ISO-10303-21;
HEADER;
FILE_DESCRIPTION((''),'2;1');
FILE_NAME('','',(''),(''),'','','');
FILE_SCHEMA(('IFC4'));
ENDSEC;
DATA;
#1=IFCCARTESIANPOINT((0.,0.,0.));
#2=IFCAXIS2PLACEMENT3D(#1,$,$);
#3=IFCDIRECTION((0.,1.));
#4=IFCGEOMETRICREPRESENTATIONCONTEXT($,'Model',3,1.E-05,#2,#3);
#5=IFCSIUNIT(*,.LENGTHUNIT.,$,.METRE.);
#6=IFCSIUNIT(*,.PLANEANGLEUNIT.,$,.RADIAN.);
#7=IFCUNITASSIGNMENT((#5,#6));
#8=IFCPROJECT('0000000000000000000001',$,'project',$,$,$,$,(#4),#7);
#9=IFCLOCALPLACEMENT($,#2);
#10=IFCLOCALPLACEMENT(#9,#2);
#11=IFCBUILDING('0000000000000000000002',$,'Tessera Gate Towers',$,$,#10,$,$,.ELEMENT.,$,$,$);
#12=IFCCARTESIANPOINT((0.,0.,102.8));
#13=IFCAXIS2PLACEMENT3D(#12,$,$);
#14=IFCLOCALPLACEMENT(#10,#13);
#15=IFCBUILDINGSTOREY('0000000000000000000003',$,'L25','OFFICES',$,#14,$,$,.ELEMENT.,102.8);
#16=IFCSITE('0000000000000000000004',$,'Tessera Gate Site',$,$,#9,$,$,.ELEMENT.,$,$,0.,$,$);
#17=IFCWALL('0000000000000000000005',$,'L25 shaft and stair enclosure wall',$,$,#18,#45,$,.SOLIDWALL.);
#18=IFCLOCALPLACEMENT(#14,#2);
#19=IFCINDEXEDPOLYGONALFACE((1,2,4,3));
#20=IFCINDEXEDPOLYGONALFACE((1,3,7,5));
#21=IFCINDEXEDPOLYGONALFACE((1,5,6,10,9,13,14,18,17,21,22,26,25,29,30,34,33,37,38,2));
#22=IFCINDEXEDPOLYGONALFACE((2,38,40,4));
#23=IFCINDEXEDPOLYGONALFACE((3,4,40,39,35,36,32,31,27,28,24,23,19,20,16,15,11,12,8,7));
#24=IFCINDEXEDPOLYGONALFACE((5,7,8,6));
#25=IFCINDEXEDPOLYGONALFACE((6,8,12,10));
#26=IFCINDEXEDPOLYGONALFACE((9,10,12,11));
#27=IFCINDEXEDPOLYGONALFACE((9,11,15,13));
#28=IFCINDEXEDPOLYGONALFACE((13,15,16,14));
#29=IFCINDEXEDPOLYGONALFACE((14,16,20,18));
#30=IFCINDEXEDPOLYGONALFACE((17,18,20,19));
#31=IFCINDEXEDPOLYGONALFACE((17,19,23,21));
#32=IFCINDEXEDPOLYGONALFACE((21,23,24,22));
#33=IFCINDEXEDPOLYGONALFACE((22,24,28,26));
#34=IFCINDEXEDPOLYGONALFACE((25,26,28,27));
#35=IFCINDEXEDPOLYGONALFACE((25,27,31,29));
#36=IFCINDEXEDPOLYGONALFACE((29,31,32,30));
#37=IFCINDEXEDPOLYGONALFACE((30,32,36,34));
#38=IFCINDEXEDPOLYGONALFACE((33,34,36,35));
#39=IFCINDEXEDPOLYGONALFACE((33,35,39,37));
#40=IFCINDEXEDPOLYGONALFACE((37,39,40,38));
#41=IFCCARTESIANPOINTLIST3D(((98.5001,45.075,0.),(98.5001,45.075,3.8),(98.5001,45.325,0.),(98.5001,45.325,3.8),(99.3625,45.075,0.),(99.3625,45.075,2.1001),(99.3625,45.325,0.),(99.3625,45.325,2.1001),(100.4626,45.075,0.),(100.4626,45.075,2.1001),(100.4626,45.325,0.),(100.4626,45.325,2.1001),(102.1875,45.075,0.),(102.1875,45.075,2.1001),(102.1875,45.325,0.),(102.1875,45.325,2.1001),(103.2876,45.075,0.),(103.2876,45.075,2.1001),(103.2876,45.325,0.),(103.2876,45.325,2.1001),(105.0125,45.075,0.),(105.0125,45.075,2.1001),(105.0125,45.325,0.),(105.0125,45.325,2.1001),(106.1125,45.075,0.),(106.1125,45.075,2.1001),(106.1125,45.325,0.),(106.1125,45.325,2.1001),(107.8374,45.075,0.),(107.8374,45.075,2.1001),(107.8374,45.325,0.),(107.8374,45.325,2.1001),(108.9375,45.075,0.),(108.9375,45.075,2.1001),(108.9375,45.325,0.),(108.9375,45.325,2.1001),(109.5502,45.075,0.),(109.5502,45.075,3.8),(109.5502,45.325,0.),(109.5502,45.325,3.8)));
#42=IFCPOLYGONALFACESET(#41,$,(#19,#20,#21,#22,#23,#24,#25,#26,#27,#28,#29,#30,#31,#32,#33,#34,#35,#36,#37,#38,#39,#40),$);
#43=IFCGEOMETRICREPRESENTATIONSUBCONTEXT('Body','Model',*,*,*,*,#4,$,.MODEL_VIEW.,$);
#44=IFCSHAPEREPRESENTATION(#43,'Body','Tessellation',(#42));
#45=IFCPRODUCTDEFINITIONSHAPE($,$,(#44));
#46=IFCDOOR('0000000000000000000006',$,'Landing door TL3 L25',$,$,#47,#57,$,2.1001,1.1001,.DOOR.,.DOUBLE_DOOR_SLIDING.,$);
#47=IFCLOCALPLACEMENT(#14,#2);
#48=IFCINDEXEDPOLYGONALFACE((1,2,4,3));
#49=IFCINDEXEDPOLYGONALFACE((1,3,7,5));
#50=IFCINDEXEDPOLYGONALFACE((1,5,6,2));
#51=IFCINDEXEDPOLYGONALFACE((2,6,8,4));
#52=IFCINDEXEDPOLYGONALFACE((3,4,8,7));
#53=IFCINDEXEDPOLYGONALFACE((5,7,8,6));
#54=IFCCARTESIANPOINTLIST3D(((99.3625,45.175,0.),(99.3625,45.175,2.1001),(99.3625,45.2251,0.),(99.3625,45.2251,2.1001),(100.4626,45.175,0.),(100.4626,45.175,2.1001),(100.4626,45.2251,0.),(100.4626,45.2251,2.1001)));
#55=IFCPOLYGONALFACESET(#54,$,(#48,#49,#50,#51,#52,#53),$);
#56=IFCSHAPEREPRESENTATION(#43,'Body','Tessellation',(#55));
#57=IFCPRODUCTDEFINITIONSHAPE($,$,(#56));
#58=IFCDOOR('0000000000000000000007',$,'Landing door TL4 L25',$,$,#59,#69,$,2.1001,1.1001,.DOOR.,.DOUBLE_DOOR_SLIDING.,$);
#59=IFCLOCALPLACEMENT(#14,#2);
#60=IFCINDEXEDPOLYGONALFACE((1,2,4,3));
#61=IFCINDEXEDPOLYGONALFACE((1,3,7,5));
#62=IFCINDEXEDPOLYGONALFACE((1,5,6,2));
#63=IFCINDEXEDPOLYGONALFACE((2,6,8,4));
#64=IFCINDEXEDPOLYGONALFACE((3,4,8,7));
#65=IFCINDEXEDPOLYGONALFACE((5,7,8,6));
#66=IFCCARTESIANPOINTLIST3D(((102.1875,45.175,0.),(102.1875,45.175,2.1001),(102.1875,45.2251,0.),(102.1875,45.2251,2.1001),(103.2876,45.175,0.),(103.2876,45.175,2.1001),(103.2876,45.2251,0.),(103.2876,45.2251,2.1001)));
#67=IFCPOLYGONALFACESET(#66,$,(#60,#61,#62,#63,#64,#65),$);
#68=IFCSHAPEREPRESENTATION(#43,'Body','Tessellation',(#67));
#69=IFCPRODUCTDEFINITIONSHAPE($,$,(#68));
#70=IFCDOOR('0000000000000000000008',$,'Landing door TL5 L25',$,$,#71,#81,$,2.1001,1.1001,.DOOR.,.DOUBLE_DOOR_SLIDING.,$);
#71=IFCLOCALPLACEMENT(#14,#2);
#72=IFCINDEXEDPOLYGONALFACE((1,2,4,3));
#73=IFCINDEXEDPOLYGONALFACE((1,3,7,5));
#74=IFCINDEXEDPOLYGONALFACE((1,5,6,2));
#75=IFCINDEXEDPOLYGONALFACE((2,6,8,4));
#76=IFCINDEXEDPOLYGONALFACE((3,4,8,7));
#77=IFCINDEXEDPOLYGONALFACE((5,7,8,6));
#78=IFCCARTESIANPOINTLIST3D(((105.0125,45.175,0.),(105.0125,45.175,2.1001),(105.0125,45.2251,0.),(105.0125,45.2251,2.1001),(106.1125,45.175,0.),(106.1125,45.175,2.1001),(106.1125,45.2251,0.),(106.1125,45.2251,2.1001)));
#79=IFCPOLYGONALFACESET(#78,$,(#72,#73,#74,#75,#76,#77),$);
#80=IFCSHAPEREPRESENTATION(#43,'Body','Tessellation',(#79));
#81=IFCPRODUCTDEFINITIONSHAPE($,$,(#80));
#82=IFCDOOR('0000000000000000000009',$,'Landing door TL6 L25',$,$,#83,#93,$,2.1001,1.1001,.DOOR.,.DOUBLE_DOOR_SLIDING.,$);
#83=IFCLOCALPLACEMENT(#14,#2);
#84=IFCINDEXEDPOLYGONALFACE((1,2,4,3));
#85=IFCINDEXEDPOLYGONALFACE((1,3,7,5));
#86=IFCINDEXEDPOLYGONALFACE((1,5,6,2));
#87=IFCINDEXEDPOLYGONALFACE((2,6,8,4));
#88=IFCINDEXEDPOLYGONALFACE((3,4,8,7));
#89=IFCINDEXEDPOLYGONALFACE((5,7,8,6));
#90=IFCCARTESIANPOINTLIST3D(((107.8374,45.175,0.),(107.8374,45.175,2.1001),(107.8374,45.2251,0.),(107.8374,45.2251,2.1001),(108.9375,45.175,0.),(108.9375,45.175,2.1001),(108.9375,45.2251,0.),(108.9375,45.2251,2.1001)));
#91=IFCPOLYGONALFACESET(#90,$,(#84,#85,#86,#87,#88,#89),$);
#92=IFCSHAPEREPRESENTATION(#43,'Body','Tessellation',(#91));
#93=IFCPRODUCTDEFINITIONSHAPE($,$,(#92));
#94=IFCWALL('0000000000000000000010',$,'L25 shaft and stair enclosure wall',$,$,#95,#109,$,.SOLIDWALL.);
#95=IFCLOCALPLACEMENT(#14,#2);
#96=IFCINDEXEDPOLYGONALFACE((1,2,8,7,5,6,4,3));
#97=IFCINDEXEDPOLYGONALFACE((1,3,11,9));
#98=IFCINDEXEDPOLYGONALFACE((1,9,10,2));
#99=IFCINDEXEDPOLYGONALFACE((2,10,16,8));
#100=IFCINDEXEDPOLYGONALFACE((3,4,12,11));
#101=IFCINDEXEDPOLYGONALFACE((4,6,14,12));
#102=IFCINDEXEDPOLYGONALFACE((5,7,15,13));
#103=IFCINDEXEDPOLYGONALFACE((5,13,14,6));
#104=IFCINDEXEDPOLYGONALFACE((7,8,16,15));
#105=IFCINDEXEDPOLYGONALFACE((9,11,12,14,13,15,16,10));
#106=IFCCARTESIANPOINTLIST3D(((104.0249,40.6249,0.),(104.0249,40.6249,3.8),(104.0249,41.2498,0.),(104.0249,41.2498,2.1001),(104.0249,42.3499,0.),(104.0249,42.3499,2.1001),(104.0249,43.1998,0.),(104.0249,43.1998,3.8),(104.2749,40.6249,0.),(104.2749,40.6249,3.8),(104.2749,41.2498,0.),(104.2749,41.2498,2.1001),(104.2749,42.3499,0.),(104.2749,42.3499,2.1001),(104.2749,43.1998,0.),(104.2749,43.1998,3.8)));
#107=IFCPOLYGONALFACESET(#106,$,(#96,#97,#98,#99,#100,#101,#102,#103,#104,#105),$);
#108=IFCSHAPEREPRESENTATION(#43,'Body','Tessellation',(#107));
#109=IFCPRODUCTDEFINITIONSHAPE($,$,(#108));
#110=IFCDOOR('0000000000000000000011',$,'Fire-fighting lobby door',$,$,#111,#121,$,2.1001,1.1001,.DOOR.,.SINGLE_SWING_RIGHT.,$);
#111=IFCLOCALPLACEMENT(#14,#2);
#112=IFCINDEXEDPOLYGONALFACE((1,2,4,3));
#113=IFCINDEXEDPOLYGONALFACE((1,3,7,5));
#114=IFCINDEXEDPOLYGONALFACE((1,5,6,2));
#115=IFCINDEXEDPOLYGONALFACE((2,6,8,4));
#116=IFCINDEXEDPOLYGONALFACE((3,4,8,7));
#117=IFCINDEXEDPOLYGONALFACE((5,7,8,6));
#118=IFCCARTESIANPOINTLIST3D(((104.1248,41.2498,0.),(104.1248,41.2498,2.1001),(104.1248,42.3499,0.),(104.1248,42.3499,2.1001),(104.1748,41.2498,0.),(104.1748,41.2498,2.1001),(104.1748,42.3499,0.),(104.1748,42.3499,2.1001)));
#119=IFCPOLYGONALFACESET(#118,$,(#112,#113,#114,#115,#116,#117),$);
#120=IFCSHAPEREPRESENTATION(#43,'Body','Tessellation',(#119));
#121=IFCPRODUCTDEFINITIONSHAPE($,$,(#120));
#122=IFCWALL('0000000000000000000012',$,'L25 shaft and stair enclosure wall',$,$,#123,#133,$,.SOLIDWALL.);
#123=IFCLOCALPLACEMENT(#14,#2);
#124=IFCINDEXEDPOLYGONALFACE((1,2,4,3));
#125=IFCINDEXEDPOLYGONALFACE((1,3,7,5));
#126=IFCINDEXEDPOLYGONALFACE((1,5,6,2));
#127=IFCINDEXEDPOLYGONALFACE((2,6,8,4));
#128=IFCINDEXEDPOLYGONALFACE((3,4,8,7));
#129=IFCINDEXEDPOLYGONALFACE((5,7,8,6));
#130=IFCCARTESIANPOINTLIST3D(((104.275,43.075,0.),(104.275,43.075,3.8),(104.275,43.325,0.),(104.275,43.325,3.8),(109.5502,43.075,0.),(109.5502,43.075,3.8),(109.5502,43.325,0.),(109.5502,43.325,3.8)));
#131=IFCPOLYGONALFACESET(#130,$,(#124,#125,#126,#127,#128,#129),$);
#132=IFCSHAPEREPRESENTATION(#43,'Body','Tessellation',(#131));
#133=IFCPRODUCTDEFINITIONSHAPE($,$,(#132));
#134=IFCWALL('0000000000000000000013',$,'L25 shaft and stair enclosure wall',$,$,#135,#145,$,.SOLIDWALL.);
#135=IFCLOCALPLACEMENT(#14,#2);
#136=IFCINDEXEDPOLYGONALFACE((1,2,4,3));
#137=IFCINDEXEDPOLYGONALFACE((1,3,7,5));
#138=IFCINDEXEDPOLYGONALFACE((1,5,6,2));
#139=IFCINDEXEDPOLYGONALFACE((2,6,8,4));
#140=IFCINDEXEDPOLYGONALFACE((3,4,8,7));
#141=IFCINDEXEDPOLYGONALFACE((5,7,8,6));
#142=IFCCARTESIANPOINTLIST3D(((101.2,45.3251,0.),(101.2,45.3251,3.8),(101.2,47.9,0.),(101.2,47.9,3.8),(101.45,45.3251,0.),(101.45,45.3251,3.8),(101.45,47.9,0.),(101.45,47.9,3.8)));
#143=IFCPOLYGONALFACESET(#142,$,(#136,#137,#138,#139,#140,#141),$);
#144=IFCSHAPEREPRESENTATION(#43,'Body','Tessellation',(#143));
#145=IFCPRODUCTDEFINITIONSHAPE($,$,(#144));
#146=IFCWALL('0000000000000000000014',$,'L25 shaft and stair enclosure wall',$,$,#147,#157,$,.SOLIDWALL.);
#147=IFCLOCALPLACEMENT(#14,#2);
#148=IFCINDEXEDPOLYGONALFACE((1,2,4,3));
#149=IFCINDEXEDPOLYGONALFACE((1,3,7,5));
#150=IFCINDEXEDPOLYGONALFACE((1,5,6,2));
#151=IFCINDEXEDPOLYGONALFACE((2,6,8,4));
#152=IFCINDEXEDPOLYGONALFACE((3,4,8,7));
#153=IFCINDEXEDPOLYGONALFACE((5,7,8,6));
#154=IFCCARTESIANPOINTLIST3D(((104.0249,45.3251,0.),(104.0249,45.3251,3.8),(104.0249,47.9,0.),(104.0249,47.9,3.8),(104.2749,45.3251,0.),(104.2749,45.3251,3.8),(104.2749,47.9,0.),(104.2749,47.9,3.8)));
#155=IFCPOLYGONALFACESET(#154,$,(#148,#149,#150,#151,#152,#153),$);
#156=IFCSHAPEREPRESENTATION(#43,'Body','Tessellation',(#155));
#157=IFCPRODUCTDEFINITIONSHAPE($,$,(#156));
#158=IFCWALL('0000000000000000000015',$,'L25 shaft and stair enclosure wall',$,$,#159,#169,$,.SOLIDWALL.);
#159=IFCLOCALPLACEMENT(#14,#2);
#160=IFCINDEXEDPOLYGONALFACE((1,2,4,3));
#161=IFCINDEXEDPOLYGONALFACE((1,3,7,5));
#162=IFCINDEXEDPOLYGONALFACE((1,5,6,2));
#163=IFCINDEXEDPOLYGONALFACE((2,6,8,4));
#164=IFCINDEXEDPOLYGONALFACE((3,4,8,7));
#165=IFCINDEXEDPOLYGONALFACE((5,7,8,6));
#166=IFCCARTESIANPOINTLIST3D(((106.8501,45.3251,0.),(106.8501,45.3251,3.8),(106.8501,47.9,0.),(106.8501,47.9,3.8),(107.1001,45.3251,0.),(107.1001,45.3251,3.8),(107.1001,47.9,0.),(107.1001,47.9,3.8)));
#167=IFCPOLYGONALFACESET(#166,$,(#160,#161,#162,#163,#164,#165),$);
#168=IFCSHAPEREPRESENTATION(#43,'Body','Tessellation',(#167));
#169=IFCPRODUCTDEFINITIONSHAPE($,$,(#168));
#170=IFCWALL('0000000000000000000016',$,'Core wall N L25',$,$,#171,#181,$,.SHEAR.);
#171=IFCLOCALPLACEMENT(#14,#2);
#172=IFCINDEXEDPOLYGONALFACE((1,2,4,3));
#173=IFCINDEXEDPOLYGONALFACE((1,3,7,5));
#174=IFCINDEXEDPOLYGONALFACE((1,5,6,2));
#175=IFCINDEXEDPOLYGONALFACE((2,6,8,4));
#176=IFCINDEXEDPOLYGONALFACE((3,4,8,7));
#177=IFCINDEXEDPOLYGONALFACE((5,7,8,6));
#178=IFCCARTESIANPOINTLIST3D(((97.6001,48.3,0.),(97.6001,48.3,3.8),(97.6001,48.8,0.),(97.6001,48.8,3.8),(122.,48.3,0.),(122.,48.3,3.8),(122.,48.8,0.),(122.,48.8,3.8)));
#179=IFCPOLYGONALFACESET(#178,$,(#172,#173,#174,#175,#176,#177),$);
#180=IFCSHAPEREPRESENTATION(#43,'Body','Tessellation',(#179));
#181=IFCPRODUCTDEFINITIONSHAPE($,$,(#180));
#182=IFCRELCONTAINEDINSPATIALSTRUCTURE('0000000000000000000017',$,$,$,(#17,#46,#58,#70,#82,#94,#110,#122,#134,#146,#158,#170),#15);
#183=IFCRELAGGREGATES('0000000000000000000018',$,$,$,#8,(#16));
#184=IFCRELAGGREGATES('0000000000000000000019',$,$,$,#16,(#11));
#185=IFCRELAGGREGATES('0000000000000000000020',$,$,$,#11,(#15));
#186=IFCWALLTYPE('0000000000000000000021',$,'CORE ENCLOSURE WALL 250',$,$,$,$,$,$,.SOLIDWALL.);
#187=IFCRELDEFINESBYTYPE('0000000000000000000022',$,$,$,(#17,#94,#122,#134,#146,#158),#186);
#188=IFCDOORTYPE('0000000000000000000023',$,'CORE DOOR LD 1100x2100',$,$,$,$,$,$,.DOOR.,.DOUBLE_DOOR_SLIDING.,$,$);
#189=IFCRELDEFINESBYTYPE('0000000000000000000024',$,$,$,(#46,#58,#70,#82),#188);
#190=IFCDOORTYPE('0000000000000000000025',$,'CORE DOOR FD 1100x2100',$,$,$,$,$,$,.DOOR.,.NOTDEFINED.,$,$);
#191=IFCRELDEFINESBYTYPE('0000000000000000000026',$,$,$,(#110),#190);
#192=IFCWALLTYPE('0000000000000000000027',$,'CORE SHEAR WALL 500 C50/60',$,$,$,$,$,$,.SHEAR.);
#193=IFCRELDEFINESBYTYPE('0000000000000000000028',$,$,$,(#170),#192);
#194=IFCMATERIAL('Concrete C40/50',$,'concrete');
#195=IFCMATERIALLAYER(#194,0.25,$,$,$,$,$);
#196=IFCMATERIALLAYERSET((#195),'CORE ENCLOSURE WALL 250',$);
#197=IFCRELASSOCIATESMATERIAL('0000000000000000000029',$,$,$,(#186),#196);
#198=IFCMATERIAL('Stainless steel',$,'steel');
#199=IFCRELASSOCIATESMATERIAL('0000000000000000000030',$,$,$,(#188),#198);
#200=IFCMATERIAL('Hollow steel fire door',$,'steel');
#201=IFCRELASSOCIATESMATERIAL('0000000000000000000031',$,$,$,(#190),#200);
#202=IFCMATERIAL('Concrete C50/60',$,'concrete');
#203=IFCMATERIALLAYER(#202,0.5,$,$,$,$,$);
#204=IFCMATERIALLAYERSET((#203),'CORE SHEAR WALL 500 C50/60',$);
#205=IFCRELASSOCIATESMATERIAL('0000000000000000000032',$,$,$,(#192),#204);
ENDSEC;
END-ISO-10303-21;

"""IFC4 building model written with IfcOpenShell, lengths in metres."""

from ifc_helpers import new_model, si_unit, direction, frame, frame_2d, origin, place, context, subcontext, project, spatial, rectangle, extrude, source, transform, mapped, material, layer, layer_set, type_object, element, fill, save


model = new_model("IFC4")

# Units and contexts
model_context = context("Model", 3, precision=1e-05, world=origin(), true_north=direction((0.0, 1.0)))
body_context = subcontext(model_context, "Body", "Model", "MODEL_VIEW")
ifc_project = project(units=[si_unit("LENGTHUNIT", "METRE"), si_unit("PLANEANGLEUNIT", "RADIAN")], contexts=[model_context])

# Site, building, storey
site_placement = place(None, origin())
site = spatial("IfcSite", under=ifc_project, at=site_placement, Name="Tessera Gate Site", CompositionType="ELEMENT", RefElevation=0.0)
building_placement = place(site_placement, origin())
building = spatial("IfcBuilding", under=site, at=building_placement, Name="Tessera Gate Towers", CompositionType="ELEMENT")
storey_placement = place(building_placement, frame((0.0, 0.0, 102.8)))
storey = spatial("IfcBuildingStorey", under=building, at=storey_placement, Name="L25", Description="OFFICES", CompositionType="ELEMENT", Elevation=102.8)

# Wall, openings, doors
ifc_material_1 = material(Name="Concrete C40/50", Category="concrete")
ifc_layer_1 = layer(ifc_material_1, 0.25)
ifc_layer_set_1 = layer_set([ifc_layer_1], Name="CORE ENCLOSURE WALL 250")
wall_type_1 = type_object("IfcWallType", Name="CORE ENCLOSURE WALL 250", PredefinedType="SOLIDWALL", material=ifc_layer_set_1)
shared_shape_1 = source(origin(), body_context, "Body", "SweptSolid", [
    extrude(rectangle(XDim=1.1001, YDim=2.1001, at=frame_2d((0.55, 1.05))), frame((0.0, 0.135, 0.0), z_axis=(0.0, -1.0, 0.0), x_axis=(1.0, 0.0, 0.0)), (0.0, 0.0, 1.0), 0.27),
])
ifc_material_2 = material(Name="Stainless steel", Category="steel")
door_type_1 = type_object("IfcDoorType", Name="CORE DOOR LD 1100x2100", OperationType="DOUBLE_DOOR_SLIDING", PredefinedType="DOOR", material=ifc_material_2)
shared_shape_2 = source(origin(), body_context, "Body", "SweptSolid", [
    extrude(rectangle(XDim=1.1001, YDim=2.1001, at=frame_2d((0.55, 1.05))), frame((0.0, 0.0249, 0.0), z_axis=(0.0, -1.0, 0.0), x_axis=(1.0, 0.0, 0.0)), (0.0, 0.0, 1.0), 0.05),
])
wall_1_placement = place(storey_placement, frame((109.55, 45.2, 0.0), z_axis=(0.0, 0.0, 1.0), x_axis=(-1.0, 0.0, 0.0)))
wall_1 = element("IfcWall", 1, at=wall_1_placement, inside=storey, type_object=wall_type_1, Name="L25 shaft and stair enclosure wall", PredefinedType="SOLIDWALL", context=body_context, shape_type="SweptSolid", body=[
    extrude(rectangle(XDim=11.05, YDim=0.25, at=frame_2d((5.5249, 0.0))), origin(), (0.0, 0.0, 1.0), 3.8),
])
opening_1_placement = place(wall_1_placement, frame((9.0874, 0.0, 0.0)))
opening_1 = element("IfcOpeningElement", 2, at=opening_1_placement, cuts=wall_1, PredefinedType="OPENING", context=body_context, shape_type="MappedRepresentation", body=[
    mapped(shared_shape_1, transform((0.0, 0.0, 0.0), scale=1.0)),
])
opening_2_placement = place(wall_1_placement, frame((6.2625, 0.0, 0.0)))
opening_2 = element("IfcOpeningElement", 3, at=opening_2_placement, cuts=wall_1, PredefinedType="OPENING", context=body_context, shape_type="MappedRepresentation", body=[
    mapped(shared_shape_1, transform((0.0, 0.0, 0.0), scale=1.0)),
])
opening_3_placement = place(wall_1_placement, frame((3.4375, 0.0, 0.0)))
opening_3 = element("IfcOpeningElement", 4, at=opening_3_placement, cuts=wall_1, PredefinedType="OPENING", context=body_context, shape_type="MappedRepresentation", body=[
    mapped(shared_shape_1, transform((0.0, 0.0, 0.0), scale=1.0)),
])
opening_4_placement = place(wall_1_placement, frame((0.6125, 0.0, 0.0)))
opening_4 = element("IfcOpeningElement", 5, at=opening_4_placement, cuts=wall_1, PredefinedType="OPENING", context=body_context, shape_type="MappedRepresentation", body=[
    mapped(shared_shape_1, transform((0.0, 0.0, 0.0), scale=1.0)),
])
door_1_placement = place(opening_1_placement, origin())
door_1 = element("IfcDoor", 6, at=door_1_placement, inside=storey, type_object=door_type_1, Name="Landing door TL3 L25", OperationType="DOUBLE_DOOR_SLIDING", OverallHeight=2.1001, OverallWidth=1.1001, PredefinedType="DOOR", context=body_context, shape_type="MappedRepresentation", body=[
    mapped(shared_shape_2, transform((0.0, 0.0, 0.0), scale=1.0)),
])
fill(opening_1, door_1)
door_2_placement = place(opening_2_placement, origin())
door_2 = element("IfcDoor", 7, at=door_2_placement, inside=storey, type_object=door_type_1, Name="Landing door TL4 L25", OperationType="DOUBLE_DOOR_SLIDING", OverallHeight=2.1001, OverallWidth=1.1001, PredefinedType="DOOR", context=body_context, shape_type="MappedRepresentation", body=[
    mapped(shared_shape_2, transform((0.0, 0.0, 0.0), scale=1.0)),
])
fill(opening_2, door_2)
door_3_placement = place(opening_3_placement, origin())
door_3 = element("IfcDoor", 8, at=door_3_placement, inside=storey, type_object=door_type_1, Name="Landing door TL5 L25", OperationType="DOUBLE_DOOR_SLIDING", OverallHeight=2.1001, OverallWidth=1.1001, PredefinedType="DOOR", context=body_context, shape_type="MappedRepresentation", body=[
    mapped(shared_shape_2, transform((0.0, 0.0, 0.0), scale=1.0)),
])
fill(opening_3, door_3)
door_4_placement = place(opening_4_placement, origin())
door_4 = element("IfcDoor", 9, at=door_4_placement, inside=storey, type_object=door_type_1, Name="Landing door TL6 L25", OperationType="DOUBLE_DOOR_SLIDING", OverallHeight=2.1001, OverallWidth=1.1001, PredefinedType="DOOR", context=body_context, shape_type="MappedRepresentation", body=[
    mapped(shared_shape_2, transform((0.0, 0.0, 0.0), scale=1.0)),
])
fill(opening_4, door_4)

# Wall, opening, door
wall_2_placement = place(storey_placement, frame((104.1499, 43.2, 0.0), z_axis=(0.0, 0.0, 1.0), x_axis=(0.0, -1.0, 0.0)))
wall_2 = element("IfcWall", 10, at=wall_2_placement, inside=storey, type_object=wall_type_1, Name="L25 shaft and stair enclosure wall", PredefinedType="SOLIDWALL", context=body_context, shape_type="SweptSolid", body=[
    extrude(rectangle(XDim=2.575, YDim=0.25, at=frame_2d((1.2876, 0.0))), origin(), (0.0, 0.0, 1.0), 3.8),
])
opening_5_placement = place(wall_2_placement, frame((0.8501, 0.0, 0.0)))
opening_5 = element("IfcOpeningElement", 11, at=opening_5_placement, cuts=wall_2, PredefinedType="OPENING", context=body_context, shape_type="MappedRepresentation", body=[
    mapped(shared_shape_1, transform((0.0, 0.0, 0.0), scale=1.0)),
])
ifc_material_3 = material(Name="Hollow steel fire door", Category="steel")
door_type_2 = type_object("IfcDoorType", Name="CORE DOOR FD 1100x2100", OperationType="NOTDEFINED", PredefinedType="DOOR", material=ifc_material_3)
door_5_placement = place(opening_5_placement, origin())
door_5 = element("IfcDoor", 12, at=door_5_placement, inside=storey, type_object=door_type_2, Name="Fire-fighting lobby door", OperationType="SINGLE_SWING_RIGHT", OverallHeight=2.1001, OverallWidth=1.1001, PredefinedType="DOOR", context=body_context, shape_type="MappedRepresentation", body=[
    mapped(shared_shape_2, transform((0.0, 0.0, 0.0), scale=1.0)),
])
fill(opening_5, door_5)

# Walls
wall_3_placement = place(storey_placement, frame((104.2749, 43.2, 0.0), z_axis=(0.0, 0.0, 1.0), x_axis=(1.0, 0.0, 0.0)))
element("IfcWall", 13, at=wall_3_placement, inside=storey, type_object=wall_type_1, Name="L25 shaft and stair enclosure wall", PredefinedType="SOLIDWALL", context=body_context, shape_type="SweptSolid", body=[
    extrude(rectangle(XDim=5.2751, YDim=0.25, at=frame_2d((2.6377, 0.0))), origin(), (0.0, 0.0, 1.0), 3.8),
])
for number, where, z_axis, x_axis, name in (
    (14, (101.325, 45.325, 0.0), (0.0, 0.0, 1.0), (0.0, 1.0, 0.0), "L25 shaft and stair enclosure wall"),
    (15, (104.1499, 45.325, 0.0), (0.0, 0.0, 1.0), (0.0, 1.0, 0.0), "L25 shaft and stair enclosure wall"),
    (16, (106.9751, 45.325, 0.0), (0.0, 0.0, 1.0), (0.0, 1.0, 0.0), "L25 shaft and stair enclosure wall"),
):
    element("IfcWall", number, at=place(storey_placement, frame(where, z_axis=z_axis, x_axis=x_axis)), inside=storey, type_object=wall_type_1, Name=name, PredefinedType="SOLIDWALL", context=body_context, shape_type="SweptSolid", body=[
        extrude(rectangle(XDim=2.575, YDim=0.25, at=frame_2d((1.2876, 0.0))), origin(), (0.0, 0.0, 1.0), 3.8),
    ])
ifc_material_4 = material(Name="Concrete C50/60", Category="concrete")
ifc_layer_2 = layer(ifc_material_4, 0.5)
ifc_layer_set_2 = layer_set([ifc_layer_2], Name="CORE SHEAR WALL 500 C50/60")
wall_type_2 = type_object("IfcWallType", Name="CORE SHEAR WALL 500 C50/60", PredefinedType="SHEAR", material=ifc_layer_set_2)
wall_4_placement = place(storey_placement, frame((97.6001, 48.55, 0.0), z_axis=(0.0, 0.0, 1.0), x_axis=(1.0, 0.0, 0.0)))
element("IfcWall", 17, at=wall_4_placement, inside=storey, type_object=wall_type_2, Name="Core wall N L25", PredefinedType="SHEAR", context=body_context, shape_type="SweptSolid", body=[
    extrude(rectangle(XDim=24.3999, YDim=0.5, at=frame_2d((12.2, 0.0))), origin(), (0.0, 0.0, 1.0), 3.8),
])

save(model, "model.ifc")
